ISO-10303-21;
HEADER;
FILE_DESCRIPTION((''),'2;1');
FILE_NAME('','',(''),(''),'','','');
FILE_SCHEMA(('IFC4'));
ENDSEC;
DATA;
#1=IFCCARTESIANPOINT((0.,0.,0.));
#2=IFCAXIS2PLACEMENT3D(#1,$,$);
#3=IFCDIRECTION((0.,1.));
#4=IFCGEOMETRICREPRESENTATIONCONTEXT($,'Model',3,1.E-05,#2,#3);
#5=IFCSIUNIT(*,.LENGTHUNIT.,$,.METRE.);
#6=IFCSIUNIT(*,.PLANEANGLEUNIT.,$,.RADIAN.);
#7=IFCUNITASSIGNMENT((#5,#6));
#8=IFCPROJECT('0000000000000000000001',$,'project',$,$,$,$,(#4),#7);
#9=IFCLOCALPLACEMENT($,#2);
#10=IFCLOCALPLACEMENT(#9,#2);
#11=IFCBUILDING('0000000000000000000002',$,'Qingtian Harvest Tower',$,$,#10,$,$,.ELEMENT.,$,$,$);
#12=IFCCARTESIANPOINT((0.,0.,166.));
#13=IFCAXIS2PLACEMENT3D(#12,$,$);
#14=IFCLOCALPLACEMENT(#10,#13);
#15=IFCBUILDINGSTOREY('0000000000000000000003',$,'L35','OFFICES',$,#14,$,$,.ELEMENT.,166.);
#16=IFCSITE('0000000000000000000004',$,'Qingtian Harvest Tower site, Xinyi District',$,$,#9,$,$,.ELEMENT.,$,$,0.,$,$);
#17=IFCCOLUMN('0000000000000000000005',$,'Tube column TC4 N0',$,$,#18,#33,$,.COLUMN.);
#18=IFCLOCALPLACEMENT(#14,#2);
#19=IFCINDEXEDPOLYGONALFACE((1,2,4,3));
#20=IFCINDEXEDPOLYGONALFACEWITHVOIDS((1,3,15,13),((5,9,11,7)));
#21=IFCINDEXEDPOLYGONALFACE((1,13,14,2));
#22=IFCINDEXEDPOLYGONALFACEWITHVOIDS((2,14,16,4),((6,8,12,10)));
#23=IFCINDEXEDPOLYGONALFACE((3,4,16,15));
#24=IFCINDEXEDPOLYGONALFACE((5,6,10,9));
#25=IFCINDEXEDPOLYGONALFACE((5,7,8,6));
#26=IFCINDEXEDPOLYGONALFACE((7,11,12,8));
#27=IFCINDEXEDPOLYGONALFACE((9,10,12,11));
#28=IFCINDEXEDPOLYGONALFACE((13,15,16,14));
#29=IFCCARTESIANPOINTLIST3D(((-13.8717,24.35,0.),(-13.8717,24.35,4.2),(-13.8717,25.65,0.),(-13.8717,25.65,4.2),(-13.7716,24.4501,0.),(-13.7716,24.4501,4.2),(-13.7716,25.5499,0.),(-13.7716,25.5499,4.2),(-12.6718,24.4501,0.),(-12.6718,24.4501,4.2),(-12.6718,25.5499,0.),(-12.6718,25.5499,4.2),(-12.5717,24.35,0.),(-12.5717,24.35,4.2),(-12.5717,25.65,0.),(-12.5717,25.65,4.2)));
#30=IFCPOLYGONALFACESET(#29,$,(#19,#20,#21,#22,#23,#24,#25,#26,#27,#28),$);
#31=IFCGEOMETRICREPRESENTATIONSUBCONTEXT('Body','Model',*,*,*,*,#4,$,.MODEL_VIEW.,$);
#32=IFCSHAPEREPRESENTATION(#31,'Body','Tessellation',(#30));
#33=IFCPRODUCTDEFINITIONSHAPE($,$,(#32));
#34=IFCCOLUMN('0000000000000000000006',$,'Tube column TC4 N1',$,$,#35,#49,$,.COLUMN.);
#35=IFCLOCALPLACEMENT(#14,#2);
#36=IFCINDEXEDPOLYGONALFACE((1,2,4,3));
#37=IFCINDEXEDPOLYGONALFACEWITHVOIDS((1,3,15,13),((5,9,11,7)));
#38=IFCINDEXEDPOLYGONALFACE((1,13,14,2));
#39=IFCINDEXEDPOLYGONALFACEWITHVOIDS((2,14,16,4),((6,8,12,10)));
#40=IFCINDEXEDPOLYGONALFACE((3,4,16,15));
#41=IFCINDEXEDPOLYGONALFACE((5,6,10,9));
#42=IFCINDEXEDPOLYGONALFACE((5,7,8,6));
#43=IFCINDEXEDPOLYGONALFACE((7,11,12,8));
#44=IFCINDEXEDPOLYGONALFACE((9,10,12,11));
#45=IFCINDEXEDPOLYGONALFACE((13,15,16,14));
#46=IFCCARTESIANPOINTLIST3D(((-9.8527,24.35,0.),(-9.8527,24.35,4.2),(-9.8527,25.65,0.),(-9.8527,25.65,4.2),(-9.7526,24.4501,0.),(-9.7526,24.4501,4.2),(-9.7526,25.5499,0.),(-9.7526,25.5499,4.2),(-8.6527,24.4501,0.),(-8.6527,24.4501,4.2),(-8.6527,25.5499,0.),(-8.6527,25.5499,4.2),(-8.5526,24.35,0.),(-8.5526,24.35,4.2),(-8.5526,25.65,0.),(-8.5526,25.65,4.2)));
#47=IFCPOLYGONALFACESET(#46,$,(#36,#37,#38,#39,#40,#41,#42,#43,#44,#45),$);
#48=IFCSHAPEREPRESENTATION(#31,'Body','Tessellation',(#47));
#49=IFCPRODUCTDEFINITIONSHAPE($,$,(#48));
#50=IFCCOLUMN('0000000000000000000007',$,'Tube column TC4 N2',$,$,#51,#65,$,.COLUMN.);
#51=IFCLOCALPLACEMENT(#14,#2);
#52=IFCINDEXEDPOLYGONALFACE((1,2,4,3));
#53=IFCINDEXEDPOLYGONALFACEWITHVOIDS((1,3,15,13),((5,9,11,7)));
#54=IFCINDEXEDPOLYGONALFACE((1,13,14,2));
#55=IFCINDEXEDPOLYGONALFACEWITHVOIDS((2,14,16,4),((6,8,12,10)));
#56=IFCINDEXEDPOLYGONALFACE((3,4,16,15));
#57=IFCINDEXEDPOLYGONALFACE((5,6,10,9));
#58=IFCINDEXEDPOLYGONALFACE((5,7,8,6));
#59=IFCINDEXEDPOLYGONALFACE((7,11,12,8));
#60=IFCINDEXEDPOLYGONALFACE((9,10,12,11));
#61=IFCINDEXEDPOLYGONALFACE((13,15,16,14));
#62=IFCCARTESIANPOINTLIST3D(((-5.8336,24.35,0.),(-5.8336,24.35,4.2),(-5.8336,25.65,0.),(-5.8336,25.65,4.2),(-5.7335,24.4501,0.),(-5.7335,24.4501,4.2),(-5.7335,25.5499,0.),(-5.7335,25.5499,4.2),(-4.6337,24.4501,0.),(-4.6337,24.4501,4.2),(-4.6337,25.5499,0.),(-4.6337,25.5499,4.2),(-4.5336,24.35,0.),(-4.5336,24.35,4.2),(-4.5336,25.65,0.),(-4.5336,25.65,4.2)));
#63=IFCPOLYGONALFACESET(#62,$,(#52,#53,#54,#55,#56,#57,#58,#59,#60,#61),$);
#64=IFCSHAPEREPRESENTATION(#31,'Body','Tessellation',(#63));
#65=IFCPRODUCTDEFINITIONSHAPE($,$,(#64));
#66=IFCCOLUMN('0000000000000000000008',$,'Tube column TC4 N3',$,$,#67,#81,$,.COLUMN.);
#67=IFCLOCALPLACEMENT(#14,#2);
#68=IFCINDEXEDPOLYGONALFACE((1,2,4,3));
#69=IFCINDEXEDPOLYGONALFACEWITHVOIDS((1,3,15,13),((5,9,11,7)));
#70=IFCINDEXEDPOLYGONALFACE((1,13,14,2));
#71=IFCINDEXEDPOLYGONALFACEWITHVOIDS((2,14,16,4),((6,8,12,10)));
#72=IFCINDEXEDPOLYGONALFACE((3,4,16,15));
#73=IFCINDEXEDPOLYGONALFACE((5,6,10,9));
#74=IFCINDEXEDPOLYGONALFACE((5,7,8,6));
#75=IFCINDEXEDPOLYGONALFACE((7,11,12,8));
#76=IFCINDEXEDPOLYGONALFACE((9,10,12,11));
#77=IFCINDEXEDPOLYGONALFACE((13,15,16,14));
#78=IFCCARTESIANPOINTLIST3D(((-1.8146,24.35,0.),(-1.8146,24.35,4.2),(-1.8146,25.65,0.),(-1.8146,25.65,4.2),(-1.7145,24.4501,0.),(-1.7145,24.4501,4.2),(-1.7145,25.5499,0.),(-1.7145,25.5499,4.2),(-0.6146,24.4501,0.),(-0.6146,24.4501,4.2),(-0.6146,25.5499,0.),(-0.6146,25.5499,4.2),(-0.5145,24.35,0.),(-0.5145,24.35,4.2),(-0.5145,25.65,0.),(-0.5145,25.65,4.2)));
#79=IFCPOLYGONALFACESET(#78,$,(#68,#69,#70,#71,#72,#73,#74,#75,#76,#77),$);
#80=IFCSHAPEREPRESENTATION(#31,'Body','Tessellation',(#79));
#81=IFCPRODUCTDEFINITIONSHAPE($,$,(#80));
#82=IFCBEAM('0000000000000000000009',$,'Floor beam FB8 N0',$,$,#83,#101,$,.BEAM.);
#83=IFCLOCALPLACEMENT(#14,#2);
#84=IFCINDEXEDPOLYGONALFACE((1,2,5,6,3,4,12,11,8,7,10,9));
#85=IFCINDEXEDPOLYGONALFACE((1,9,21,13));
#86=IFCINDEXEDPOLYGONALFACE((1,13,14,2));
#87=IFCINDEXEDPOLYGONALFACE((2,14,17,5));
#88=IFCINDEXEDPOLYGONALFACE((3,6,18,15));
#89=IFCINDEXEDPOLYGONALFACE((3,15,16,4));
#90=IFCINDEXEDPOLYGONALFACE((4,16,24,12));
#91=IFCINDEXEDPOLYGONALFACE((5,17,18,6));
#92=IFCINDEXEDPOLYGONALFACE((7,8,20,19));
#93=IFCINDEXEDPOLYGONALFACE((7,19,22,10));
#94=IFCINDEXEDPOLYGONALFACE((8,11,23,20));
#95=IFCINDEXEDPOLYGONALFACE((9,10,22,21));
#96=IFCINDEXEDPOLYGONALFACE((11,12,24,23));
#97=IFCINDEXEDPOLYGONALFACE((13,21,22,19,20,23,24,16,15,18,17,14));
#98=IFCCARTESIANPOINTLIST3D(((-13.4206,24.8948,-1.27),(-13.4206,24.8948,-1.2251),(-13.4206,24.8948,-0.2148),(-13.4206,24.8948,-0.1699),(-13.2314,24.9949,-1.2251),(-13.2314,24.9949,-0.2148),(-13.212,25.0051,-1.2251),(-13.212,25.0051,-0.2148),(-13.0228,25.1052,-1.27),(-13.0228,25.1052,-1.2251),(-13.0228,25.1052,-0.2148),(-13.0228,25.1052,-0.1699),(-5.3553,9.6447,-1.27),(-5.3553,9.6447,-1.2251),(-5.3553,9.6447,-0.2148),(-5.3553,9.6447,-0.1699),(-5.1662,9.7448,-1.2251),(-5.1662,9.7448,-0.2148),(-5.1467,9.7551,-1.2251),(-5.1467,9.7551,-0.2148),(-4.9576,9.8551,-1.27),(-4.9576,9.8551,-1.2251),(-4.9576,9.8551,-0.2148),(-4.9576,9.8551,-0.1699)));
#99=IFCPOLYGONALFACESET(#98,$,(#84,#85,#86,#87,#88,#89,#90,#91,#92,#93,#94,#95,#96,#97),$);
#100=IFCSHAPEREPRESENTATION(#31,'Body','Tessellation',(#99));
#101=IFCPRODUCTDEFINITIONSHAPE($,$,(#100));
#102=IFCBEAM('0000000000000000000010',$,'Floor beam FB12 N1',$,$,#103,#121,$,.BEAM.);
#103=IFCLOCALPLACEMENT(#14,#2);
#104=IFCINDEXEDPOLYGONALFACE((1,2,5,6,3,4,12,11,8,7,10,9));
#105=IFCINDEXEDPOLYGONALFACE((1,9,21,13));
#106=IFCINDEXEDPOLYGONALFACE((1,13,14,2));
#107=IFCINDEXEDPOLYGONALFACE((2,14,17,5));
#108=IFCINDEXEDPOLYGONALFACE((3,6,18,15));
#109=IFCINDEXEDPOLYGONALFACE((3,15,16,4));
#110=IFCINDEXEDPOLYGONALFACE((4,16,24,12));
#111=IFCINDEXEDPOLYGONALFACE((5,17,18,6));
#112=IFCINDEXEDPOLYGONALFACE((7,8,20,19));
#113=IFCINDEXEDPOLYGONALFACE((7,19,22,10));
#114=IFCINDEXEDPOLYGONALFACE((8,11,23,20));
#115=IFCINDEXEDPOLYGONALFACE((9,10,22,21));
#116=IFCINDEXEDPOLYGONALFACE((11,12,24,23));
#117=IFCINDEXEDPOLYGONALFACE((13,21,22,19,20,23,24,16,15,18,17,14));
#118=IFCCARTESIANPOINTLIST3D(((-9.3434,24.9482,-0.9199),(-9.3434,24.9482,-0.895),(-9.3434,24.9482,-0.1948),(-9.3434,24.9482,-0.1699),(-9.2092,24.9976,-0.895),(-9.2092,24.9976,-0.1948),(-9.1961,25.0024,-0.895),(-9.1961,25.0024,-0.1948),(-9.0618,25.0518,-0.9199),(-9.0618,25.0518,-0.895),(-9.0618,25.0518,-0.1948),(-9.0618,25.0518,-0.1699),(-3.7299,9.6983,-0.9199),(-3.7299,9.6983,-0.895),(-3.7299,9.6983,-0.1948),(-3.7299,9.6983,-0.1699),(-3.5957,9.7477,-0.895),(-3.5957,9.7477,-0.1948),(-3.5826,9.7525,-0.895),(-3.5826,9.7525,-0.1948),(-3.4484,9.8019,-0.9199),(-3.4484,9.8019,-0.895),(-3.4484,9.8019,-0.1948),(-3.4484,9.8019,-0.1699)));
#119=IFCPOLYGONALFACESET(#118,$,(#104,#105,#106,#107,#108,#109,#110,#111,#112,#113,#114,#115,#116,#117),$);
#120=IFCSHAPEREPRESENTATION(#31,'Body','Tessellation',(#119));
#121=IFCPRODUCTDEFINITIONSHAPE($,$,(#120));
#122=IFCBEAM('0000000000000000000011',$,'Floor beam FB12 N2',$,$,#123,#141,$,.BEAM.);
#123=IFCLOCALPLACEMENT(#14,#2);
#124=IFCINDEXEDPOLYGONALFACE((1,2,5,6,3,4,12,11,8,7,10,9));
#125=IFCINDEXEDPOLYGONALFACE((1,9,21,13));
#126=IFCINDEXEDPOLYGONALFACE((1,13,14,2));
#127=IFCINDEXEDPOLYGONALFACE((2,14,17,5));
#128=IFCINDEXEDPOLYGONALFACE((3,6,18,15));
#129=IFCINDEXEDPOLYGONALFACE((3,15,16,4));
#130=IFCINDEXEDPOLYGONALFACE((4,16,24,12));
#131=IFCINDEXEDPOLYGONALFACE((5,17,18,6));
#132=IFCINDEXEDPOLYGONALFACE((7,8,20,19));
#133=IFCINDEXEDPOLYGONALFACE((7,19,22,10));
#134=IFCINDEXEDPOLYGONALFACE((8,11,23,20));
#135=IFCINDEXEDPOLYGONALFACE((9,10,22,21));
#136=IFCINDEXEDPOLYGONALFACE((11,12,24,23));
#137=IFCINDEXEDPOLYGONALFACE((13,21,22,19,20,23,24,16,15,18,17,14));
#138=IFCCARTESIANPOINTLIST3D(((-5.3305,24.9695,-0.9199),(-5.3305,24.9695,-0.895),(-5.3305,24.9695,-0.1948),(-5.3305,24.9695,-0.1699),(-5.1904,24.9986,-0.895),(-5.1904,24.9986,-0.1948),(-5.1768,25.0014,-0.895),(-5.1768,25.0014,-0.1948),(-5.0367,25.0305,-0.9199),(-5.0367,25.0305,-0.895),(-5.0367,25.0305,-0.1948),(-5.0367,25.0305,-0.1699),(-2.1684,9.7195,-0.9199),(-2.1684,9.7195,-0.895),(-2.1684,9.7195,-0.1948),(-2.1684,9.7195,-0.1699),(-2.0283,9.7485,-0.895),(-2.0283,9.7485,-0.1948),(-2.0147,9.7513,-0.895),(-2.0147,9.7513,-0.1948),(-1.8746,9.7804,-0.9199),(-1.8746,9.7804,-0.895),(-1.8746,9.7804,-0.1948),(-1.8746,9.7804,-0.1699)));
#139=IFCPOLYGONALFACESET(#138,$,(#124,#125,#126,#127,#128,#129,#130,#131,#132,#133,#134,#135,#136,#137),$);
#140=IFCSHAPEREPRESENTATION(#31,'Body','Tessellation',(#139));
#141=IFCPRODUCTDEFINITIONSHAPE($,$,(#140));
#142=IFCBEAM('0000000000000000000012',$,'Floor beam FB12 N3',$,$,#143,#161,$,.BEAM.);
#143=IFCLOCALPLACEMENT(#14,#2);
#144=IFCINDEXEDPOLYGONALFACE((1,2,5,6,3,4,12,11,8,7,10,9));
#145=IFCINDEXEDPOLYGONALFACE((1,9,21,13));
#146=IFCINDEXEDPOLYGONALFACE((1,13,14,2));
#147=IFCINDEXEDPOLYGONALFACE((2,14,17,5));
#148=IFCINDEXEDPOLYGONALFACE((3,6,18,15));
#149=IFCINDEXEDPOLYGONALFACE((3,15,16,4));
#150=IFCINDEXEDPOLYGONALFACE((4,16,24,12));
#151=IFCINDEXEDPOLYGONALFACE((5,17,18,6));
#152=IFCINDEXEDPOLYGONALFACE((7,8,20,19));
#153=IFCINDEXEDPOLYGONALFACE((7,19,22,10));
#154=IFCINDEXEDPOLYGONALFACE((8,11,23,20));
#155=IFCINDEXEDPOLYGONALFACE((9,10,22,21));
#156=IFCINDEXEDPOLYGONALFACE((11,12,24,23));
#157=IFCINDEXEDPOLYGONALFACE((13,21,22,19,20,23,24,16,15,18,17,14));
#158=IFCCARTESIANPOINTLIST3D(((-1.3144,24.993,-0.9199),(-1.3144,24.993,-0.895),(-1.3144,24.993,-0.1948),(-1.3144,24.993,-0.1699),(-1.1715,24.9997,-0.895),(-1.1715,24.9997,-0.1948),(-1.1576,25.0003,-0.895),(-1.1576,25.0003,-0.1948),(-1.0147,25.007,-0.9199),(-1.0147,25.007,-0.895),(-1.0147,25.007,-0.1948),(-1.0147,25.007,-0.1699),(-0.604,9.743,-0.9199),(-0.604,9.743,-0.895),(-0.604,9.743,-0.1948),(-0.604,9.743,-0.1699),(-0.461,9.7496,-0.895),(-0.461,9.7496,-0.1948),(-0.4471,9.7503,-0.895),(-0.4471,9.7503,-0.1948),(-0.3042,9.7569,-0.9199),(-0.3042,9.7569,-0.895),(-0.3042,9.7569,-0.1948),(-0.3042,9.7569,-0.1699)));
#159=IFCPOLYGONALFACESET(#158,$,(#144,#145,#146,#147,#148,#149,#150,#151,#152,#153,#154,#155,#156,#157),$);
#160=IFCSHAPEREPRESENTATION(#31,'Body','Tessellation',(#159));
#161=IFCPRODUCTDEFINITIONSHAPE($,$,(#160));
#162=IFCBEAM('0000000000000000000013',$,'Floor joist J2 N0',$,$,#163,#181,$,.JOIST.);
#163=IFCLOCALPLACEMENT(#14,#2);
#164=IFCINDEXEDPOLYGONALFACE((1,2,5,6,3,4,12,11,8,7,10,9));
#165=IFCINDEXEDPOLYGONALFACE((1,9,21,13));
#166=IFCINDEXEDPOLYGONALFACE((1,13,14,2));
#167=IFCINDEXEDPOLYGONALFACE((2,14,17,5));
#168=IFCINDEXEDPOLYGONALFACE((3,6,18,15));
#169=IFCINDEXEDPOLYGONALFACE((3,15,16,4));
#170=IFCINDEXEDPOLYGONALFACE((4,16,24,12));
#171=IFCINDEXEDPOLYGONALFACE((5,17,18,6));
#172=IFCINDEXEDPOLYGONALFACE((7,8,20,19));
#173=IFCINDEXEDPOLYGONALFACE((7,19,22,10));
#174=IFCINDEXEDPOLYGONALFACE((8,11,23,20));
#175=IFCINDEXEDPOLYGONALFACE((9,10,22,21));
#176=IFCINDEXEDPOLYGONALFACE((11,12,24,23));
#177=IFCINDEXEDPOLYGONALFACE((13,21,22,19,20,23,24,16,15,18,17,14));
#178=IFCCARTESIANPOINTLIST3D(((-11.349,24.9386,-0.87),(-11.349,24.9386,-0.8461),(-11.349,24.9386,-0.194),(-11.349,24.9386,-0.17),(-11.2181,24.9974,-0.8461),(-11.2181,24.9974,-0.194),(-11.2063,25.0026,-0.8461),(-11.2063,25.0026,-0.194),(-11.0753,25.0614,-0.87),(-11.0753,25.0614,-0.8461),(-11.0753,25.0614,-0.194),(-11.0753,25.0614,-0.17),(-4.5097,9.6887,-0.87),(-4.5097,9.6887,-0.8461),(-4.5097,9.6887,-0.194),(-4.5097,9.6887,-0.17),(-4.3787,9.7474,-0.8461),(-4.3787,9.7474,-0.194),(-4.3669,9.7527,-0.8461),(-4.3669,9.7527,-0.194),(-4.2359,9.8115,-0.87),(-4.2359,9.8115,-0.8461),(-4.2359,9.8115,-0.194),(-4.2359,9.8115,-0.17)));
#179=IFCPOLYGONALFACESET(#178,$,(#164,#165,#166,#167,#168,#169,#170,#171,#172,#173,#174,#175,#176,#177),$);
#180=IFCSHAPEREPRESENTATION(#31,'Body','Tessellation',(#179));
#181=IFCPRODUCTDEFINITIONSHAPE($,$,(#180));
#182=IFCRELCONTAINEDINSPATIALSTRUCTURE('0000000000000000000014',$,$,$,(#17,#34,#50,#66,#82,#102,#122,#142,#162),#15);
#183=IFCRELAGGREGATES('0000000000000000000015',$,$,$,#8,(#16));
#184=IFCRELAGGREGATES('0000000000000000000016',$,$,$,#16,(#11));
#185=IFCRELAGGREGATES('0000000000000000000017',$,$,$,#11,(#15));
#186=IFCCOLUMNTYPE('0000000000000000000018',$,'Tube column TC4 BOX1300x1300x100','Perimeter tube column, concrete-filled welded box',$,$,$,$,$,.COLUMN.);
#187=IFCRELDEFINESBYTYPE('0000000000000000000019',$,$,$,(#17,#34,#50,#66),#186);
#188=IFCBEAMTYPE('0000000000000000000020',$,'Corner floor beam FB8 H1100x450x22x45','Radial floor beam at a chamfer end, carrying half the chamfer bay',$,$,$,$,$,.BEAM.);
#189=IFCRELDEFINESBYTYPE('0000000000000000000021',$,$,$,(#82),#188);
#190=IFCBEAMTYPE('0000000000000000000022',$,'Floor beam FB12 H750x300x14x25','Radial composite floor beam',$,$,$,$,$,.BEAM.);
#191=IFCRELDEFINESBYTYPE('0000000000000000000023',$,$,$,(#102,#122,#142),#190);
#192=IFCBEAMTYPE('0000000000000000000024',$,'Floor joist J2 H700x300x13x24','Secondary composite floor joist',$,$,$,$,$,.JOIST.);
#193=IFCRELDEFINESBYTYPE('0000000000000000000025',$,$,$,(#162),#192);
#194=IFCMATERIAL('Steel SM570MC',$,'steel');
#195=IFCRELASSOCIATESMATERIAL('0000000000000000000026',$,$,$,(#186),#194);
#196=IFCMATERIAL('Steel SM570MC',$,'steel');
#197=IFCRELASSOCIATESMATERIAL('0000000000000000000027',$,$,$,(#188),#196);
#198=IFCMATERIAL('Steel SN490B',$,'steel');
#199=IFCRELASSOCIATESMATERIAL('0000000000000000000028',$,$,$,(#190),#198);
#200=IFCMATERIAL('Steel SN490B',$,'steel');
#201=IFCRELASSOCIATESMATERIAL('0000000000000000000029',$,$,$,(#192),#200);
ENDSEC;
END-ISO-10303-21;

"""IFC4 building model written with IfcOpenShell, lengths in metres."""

from ifc_helpers import new_model, si_unit, direction, frame, origin, origin_2d, place, context, subcontext, project, spatial, hollow_rectangle, i_section, extrude, material, material_profile, profile_set, type_object, element, save


model = new_model("IFC4")

# Units and contexts
model_context = context("Model", 3, precision=1e-05, world=origin(), true_north=direction((0.0, 1.0)))
body_context = subcontext(model_context, "Body", "Model", "MODEL_VIEW")
ifc_project = project(units=[si_unit("LENGTHUNIT", "METRE"), si_unit("PLANEANGLEUNIT", "RADIAN")], contexts=[model_context])

# Site, building, storey
site_placement = place(None, origin())
site = spatial("IfcSite", under=ifc_project, at=site_placement, Name="Qingtian Harvest Tower site, Xinyi District", CompositionType="ELEMENT", RefElevation=0.0)
building_placement = place(site_placement, origin())
building = spatial("IfcBuilding", under=site, at=building_placement, Name="Qingtian Harvest Tower", CompositionType="ELEMENT")
storey_placement = place(building_placement, frame((0.0, 0.0, 166.0)))
storey = spatial("IfcBuildingStorey", under=building, at=storey_placement, Name="L35", Description="OFFICES", CompositionType="ELEMENT", Elevation=166.0)

# Columns
ifc_material_1 = material(Name="Steel SM570MC", Category="steel")
ifc_material_profile_1 = material_profile(ifc_material_1, hollow_rectangle(XDim=1.3, YDim=1.3, WallThickness=0.1001, at=origin_2d()), Name="BOX1300x1300x100")
ifc_profile_set_1 = profile_set([ifc_material_profile_1], Name="Steel SM570MC")
column_type = type_object("IfcColumnType", Name="Tube column TC4 BOX1300x1300x100", Description="Perimeter tube column, concrete-filled welded box", PredefinedType="COLUMN", material=ifc_profile_set_1)
for number, where, z_axis, x_axis, name in (
    (1, (-13.2217, 25.0, 0.0), (0.0, 0.0, 1.0), (-1.0, 0.0, 0.0), "Tube column TC4 N0"),
    (2, (-9.2026, 25.0, 0.0), (0.0, 0.0, 1.0), (-1.0, 0.0, 0.0), "Tube column TC4 N1"),
    (3, (-5.1836, 25.0, 0.0), (0.0, 0.0, 1.0), (-1.0, 0.0, 0.0), "Tube column TC4 N2"),
    (4, (-1.1646, 25.0, 0.0), (0.0, 0.0, 1.0), (-1.0, 0.0, 0.0), "Tube column TC4 N3"),
):
    element("IfcColumn", number, at=place(storey_placement, frame(where, z_axis=z_axis, x_axis=x_axis)), inside=storey, type_object=column_type, Name=name, PredefinedType="COLUMN", context=body_context, shape_type="SweptSolid", body=[
        extrude(hollow_rectangle(XDim=1.3, YDim=1.3, WallThickness=0.1001, at=origin_2d()), origin(), (0.0, 0.0, 1.0), 4.2),
    ])

# Beams
ifc_material_2 = material(Name="Steel SM570MC", Category="steel")
ifc_material_profile_2 = material_profile(ifc_material_2, i_section(OverallWidth=0.45, OverallDepth=1.1001, WebThickness=0.022, FlangeThickness=0.0449, at=origin_2d()), Name="H1100x450x22x45")
ifc_profile_set_2 = profile_set([ifc_material_profile_2], Name="Steel SM570MC")
beam_type_1 = type_object("IfcBeamType", Name="Corner floor beam FB8 H1100x450x22x45", Description="Radial floor beam at a chamfer end, carrying half the chamfer bay", PredefinedType="BEAM", material=ifc_profile_set_2)
beam_1_placement = place(storey_placement, frame((-13.2217, 25.0, -0.72), z_axis=(0.46751, -0.883988, 0.0), x_axis=(0.883988, 0.46751, 0.0)))
element("IfcBeam", 5, at=beam_1_placement, inside=storey, type_object=beam_type_1, Name="Floor beam FB8 N0", PredefinedType="BEAM", context=body_context, shape_type="SweptSolid", body=[
    extrude(i_section(OverallWidth=0.45, OverallDepth=1.1001, WebThickness=0.022, FlangeThickness=0.0449, at=origin_2d()), origin(), (0.0, 0.0, 1.0), 17.2515),
])
ifc_material_3 = material(Name="Steel SN490B", Category="steel")
ifc_material_profile_3 = material_profile(ifc_material_3, i_section(OverallWidth=0.3, OverallDepth=0.75, WebThickness=0.0139, FlangeThickness=0.0249, at=origin_2d()), Name="H750x300x14x25")
ifc_profile_set_3 = profile_set([ifc_material_profile_3], Name="Steel SN490B")
beam_type_2 = type_object("IfcBeamType", Name="Floor beam FB12 H750x300x14x25", Description="Radial composite floor beam", PredefinedType="BEAM", material=ifc_profile_set_3)
beam_2_placement = place(storey_placement, frame((-9.2026, 25.0, -0.5449), z_axis=(0.34544, -0.938441, 0.0), x_axis=(0.938441, 0.34544, 0.0)))
element("IfcBeam", 6, at=beam_2_placement, inside=storey, type_object=beam_type_2, Name="Floor beam FB12 N1", PredefinedType="BEAM", context=body_context, shape_type="SweptSolid", body=[
    extrude(i_section(OverallWidth=0.3, OverallDepth=0.75, WebThickness=0.0139, FlangeThickness=0.0249, at=origin_2d()), origin(), (0.0, 0.0, 1.0), 16.2502),
])
beam_3_placement = place(storey_placement, frame((-5.1836, 25.0, -0.5449), z_axis=(0.203033, -0.979172, 0.0), x_axis=(0.979172, 0.203033, 0.0)))
element("IfcBeam", 7, at=beam_3_placement, inside=storey, type_object=beam_type_2, Name="Floor beam FB12 N2", PredefinedType="BEAM", context=body_context, shape_type="SweptSolid", body=[
    extrude(i_section(OverallWidth=0.3, OverallDepth=0.75, WebThickness=0.0139, FlangeThickness=0.0249, at=origin_2d()), origin(), (0.0, 0.0, 1.0), 15.5745),
])
beam_4_placement = place(storey_placement, frame((-1.1646, 25.0, -0.5449), z_axis=(0.046536, -0.998917, 0.0), x_axis=(0.998917, 0.046536, 0.0)))
element("IfcBeam", 8, at=beam_4_placement, inside=storey, type_object=beam_type_2, Name="Floor beam FB12 N3", PredefinedType="BEAM", context=body_context, shape_type="SweptSolid", body=[
    extrude(i_section(OverallWidth=0.3, OverallDepth=0.75, WebThickness=0.0139, FlangeThickness=0.0249, at=origin_2d()), origin(), (0.0, 0.0, 1.0), 15.2666),
])
ifc_material_4 = material(Name="Steel SN490B", Category="steel")
ifc_material_profile_4 = material_profile(ifc_material_4, i_section(OverallWidth=0.3, OverallDepth=0.7, WebThickness=0.0129, FlangeThickness=0.0239, at=origin_2d()), Name="H700x300x13x24")
ifc_profile_set_4 = profile_set([ifc_material_profile_4], Name="Steel SN490B")
beam_type_3 = type_object("IfcBeamType", Name="Floor joist J2 H700x300x13x24", Description="Secondary composite floor joist", PredefinedType="JOIST", material=ifc_profile_set_4)
beam_5_placement = place(storey_placement, frame((-11.2122, 25.0, -0.52), z_axis=(0.409213, -0.912439, 0.0), x_axis=(0.912439, 0.409213, 0.0)))
element("IfcBeam", 9, at=beam_5_placement, inside=storey, type_object=beam_type_3, Name="Floor joist J2 N0", PredefinedType="JOIST", context=body_context, shape_type="SweptSolid", body=[
    extrude(i_section(OverallWidth=0.3, OverallDepth=0.7, WebThickness=0.0129, FlangeThickness=0.0239, at=origin_2d()), origin(), (0.0, 0.0, 1.0), 16.7134),
])

save(model, "model.ifc")
